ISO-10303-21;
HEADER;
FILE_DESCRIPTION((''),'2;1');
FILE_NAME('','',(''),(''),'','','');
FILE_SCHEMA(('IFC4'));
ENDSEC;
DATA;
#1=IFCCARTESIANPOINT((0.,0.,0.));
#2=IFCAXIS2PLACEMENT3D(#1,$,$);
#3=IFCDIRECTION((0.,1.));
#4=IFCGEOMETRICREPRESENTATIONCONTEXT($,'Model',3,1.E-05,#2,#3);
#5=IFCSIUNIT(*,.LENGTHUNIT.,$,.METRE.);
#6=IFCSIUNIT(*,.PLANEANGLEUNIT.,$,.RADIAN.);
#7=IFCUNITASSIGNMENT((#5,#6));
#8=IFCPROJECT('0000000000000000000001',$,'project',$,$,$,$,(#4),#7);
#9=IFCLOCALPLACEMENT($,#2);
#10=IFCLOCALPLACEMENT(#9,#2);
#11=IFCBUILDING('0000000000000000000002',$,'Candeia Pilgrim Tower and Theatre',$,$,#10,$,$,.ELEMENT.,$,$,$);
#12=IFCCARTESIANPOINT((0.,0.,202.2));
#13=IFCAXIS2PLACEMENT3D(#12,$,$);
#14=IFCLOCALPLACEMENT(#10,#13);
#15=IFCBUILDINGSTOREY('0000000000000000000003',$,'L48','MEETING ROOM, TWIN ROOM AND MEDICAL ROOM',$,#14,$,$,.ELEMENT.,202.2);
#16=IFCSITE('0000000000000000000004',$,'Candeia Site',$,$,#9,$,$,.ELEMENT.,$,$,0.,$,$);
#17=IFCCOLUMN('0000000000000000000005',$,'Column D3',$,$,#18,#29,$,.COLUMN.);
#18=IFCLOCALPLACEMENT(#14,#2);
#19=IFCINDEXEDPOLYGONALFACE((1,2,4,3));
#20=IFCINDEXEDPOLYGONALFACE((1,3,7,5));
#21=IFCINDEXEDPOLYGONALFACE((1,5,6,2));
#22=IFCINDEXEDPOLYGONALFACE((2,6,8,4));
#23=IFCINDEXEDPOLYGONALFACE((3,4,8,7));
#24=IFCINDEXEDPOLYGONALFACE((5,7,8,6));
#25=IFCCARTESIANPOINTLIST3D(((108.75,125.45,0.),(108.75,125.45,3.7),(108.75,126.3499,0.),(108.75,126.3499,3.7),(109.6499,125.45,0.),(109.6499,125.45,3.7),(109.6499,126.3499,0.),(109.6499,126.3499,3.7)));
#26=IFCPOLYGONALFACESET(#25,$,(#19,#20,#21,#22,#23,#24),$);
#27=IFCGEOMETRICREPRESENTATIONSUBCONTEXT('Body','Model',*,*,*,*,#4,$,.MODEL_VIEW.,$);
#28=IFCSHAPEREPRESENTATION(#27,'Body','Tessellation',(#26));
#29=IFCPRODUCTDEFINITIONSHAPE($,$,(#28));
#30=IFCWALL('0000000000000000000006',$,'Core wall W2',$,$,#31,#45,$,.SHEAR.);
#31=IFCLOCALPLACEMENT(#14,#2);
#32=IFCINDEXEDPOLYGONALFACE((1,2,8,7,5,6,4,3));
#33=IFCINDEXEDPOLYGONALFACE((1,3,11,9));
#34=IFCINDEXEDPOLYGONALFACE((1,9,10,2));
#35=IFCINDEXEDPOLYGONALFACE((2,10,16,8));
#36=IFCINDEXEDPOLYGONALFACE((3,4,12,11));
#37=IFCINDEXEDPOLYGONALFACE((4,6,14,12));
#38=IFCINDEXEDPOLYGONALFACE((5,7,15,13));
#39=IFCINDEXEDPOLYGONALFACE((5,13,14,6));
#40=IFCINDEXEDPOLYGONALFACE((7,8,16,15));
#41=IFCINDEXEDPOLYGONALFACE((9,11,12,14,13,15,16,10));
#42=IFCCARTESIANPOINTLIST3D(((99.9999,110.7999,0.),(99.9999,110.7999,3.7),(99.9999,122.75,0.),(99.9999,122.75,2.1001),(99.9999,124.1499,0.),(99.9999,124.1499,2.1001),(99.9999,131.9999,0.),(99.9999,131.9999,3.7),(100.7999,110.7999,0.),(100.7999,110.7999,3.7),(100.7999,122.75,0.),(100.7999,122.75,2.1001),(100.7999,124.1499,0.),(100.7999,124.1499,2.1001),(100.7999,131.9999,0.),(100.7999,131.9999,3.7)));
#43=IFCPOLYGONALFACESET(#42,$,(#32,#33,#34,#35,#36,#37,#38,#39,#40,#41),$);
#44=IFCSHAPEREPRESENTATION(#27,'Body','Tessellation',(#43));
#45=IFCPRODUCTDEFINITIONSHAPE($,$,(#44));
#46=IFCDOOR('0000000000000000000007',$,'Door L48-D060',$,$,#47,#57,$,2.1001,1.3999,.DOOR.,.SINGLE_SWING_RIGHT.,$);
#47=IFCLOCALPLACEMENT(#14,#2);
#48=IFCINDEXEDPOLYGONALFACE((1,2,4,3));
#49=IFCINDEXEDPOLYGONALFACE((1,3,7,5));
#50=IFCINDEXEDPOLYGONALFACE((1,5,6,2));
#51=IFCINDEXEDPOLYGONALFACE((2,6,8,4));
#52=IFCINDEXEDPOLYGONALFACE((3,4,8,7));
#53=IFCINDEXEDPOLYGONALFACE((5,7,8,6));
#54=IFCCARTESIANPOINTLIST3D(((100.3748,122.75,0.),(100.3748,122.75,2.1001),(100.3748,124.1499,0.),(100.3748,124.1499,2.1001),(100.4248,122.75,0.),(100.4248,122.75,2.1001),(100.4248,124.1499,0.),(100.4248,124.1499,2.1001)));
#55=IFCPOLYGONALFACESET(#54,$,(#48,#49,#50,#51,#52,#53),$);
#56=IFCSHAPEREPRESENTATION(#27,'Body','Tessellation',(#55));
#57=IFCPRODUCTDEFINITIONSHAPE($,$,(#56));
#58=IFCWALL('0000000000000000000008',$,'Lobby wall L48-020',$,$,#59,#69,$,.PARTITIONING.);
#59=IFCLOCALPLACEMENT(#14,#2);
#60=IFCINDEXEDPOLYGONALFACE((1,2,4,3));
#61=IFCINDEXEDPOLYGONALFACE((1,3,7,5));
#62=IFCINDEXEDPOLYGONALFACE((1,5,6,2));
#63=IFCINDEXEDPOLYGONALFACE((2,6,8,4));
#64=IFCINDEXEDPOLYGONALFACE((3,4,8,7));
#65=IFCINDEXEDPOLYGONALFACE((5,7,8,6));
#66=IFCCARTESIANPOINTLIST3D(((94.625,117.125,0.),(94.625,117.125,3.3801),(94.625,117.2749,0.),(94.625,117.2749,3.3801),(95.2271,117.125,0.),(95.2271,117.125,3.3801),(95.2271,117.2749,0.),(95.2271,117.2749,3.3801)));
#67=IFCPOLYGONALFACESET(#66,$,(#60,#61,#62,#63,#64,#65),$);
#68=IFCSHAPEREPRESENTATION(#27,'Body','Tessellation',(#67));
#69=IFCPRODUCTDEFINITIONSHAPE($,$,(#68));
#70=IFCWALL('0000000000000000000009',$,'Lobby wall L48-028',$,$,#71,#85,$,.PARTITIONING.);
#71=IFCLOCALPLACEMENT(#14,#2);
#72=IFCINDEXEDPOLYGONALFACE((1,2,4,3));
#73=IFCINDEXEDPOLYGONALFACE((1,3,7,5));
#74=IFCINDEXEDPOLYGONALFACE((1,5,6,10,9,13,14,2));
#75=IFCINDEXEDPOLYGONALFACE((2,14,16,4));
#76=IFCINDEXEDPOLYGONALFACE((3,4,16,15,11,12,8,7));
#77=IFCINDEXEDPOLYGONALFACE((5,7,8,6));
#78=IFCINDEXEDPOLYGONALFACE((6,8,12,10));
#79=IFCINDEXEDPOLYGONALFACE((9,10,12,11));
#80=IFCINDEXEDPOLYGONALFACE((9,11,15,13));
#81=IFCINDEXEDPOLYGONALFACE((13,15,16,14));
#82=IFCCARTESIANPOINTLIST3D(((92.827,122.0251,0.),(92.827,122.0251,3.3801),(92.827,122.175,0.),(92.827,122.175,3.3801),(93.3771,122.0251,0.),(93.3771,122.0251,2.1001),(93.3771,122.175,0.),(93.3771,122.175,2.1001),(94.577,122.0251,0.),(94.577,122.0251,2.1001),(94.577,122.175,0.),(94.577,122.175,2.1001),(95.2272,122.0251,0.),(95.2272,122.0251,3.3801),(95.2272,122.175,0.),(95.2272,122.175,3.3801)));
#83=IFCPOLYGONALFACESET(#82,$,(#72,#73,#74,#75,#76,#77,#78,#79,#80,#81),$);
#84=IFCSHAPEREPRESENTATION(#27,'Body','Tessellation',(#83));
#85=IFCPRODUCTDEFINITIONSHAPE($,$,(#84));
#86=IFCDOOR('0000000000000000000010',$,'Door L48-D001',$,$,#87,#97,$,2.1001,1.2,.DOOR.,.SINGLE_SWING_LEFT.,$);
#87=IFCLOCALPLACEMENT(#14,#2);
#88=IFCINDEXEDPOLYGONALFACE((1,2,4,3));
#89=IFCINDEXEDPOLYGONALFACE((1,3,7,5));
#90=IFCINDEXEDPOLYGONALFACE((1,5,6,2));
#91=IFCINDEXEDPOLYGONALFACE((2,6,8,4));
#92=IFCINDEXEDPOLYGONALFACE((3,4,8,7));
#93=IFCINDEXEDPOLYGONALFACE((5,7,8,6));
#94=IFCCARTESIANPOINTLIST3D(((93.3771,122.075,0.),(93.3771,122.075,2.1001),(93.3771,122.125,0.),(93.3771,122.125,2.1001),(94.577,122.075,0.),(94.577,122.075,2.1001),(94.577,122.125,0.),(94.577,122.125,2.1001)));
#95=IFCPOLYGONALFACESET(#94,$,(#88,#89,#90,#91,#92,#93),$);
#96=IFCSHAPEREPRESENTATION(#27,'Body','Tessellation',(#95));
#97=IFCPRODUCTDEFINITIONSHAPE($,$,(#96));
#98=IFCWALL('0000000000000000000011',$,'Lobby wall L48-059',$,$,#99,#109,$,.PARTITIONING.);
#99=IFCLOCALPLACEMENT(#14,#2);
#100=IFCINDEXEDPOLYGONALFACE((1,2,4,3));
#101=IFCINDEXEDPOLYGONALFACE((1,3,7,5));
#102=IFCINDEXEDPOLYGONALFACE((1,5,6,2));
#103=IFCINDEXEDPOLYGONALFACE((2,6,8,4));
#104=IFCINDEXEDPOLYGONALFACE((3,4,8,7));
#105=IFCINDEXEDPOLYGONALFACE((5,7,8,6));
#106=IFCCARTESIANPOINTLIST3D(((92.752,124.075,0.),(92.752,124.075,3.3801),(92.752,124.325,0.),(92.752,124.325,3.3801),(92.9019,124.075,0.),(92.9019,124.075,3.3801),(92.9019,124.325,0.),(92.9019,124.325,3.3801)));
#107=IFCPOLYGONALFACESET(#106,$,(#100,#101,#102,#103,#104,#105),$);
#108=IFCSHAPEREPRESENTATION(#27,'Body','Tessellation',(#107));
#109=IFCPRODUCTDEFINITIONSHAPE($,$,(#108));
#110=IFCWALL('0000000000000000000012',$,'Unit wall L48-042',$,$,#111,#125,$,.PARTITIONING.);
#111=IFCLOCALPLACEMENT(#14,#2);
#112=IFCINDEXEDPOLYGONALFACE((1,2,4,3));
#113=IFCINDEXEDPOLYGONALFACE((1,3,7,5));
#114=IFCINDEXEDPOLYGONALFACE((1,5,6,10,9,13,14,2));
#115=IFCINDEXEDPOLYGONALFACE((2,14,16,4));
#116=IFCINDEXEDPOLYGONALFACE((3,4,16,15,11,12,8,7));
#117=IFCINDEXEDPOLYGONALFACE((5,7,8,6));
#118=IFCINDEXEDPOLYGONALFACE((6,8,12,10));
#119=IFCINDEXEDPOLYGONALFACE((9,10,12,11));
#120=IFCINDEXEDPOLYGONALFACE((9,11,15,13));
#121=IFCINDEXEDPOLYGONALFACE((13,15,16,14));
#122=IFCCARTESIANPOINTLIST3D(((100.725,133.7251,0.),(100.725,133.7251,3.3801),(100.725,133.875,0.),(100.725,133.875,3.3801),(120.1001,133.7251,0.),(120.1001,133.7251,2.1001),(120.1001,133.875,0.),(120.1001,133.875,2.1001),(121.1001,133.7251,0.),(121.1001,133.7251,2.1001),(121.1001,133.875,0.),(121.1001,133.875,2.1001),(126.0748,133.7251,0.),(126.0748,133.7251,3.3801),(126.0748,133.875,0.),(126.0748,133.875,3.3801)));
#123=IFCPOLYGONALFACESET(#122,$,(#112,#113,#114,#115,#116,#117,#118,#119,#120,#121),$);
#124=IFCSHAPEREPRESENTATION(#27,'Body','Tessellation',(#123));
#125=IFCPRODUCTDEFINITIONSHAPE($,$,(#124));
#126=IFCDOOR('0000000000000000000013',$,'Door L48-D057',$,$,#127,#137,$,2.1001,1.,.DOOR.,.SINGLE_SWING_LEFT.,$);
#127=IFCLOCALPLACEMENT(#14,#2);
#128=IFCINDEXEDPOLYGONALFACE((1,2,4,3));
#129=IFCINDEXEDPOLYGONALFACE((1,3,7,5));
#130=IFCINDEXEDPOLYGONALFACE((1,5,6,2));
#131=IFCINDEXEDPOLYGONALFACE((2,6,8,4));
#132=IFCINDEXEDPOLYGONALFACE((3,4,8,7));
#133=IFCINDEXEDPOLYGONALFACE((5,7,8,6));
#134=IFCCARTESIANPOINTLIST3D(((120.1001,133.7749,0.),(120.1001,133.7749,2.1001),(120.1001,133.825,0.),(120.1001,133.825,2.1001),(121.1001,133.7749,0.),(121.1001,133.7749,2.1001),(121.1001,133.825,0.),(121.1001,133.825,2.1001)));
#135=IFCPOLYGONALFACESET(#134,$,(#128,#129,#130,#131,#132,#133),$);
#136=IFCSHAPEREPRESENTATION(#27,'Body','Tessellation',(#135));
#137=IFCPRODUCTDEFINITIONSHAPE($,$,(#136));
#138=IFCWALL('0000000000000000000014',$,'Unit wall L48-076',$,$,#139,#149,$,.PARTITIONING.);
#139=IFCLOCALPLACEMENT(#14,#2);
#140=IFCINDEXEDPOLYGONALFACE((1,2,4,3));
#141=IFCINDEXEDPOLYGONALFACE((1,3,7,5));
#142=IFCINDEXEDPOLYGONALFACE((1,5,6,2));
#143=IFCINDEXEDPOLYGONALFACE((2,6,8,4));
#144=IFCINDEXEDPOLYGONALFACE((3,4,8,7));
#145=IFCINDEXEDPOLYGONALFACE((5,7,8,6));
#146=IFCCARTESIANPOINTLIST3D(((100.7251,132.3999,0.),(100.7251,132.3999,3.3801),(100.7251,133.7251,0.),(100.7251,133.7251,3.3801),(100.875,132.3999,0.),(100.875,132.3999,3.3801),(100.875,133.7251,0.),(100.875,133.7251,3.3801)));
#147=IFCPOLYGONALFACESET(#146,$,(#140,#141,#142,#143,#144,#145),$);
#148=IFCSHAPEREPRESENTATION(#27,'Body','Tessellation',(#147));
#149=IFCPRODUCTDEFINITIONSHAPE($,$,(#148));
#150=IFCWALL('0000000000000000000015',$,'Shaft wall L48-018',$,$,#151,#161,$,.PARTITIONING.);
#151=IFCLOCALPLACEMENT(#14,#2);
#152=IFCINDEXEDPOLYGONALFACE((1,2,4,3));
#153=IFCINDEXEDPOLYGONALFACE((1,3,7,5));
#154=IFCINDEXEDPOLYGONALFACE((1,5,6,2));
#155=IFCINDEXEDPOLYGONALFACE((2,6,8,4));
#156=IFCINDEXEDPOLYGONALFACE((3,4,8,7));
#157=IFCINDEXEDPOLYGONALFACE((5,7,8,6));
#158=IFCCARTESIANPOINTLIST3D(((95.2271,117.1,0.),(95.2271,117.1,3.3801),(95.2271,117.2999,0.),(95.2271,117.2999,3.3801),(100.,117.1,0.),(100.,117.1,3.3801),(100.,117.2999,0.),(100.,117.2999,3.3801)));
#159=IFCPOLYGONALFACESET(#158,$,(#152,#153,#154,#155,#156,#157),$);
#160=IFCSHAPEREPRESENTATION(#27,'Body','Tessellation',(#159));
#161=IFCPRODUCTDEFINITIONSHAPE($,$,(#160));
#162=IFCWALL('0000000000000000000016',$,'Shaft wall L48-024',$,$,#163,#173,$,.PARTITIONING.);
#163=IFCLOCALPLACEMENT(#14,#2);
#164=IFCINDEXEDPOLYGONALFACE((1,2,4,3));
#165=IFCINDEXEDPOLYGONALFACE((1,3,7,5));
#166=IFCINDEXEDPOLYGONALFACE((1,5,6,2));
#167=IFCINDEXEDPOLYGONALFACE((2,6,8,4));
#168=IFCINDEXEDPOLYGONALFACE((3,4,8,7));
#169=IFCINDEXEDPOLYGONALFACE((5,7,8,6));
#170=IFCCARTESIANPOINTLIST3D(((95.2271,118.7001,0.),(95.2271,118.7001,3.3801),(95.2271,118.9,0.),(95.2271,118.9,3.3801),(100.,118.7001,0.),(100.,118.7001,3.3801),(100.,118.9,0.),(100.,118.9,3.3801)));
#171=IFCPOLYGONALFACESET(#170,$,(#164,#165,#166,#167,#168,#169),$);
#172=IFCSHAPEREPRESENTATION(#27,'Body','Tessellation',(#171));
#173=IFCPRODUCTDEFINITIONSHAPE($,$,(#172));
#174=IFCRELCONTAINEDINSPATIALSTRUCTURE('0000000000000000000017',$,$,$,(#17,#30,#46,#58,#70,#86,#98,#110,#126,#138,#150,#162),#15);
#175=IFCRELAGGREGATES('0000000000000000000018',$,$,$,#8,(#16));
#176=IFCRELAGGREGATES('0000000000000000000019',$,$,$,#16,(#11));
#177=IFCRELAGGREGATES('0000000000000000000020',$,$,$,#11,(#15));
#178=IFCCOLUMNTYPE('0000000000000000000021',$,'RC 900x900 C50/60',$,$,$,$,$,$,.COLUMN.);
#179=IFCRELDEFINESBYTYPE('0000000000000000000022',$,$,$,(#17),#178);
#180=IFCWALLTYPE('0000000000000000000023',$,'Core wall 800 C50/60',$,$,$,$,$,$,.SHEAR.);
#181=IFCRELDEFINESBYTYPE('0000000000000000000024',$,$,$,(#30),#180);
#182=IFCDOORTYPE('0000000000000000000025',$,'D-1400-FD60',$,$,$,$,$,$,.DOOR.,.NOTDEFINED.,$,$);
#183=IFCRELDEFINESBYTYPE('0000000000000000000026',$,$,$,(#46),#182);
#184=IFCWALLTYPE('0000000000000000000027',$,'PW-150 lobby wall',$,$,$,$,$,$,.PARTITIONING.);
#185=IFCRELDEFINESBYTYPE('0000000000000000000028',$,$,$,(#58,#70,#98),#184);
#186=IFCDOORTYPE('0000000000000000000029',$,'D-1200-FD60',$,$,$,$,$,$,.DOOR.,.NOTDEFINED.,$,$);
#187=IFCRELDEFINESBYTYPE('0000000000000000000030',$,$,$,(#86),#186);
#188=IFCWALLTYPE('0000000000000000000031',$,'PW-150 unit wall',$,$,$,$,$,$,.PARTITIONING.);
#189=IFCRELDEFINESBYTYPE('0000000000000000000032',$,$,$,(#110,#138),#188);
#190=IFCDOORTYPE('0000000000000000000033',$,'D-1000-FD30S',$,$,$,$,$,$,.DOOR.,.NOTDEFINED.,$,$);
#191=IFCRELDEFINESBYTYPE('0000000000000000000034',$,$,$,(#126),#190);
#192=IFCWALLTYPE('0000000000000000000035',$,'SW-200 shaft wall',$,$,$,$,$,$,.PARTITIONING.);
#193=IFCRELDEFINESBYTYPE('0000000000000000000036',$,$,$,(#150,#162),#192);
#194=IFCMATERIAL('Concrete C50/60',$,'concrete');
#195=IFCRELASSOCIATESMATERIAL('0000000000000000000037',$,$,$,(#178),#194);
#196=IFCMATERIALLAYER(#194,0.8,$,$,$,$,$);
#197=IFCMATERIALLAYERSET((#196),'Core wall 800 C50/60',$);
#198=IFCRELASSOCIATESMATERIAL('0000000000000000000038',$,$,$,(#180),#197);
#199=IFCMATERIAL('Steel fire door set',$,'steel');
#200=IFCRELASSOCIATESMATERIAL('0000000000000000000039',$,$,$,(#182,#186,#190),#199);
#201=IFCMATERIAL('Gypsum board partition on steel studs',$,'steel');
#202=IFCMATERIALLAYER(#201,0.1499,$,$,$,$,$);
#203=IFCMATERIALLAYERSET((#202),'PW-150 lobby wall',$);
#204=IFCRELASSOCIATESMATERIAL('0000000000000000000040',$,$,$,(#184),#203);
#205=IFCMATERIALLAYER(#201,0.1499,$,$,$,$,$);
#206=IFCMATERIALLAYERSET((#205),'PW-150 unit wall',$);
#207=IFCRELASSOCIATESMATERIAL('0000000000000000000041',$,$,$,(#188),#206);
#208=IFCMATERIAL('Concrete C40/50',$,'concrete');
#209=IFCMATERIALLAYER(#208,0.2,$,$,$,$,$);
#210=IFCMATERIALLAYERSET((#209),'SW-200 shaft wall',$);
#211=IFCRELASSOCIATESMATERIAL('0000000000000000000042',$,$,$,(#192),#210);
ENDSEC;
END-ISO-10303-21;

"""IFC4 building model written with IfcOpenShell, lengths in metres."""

from ifc_helpers import new_model, si_unit, direction, frame, frame_2d, origin, origin_2d, place, context, subcontext, project, spatial, rectangle, extrude, material, layer, layer_set, material_profile, profile_set, type_object, element, fill, save


model = new_model("IFC4")

# Units and contexts
model_context = context("Model", 3, precision=1e-05, world=origin(), true_north=direction((0.0, 1.0)))
body_context = subcontext(model_context, "Body", "Model", "MODEL_VIEW")
ifc_project = project(units=[si_unit("LENGTHUNIT", "METRE"), si_unit("PLANEANGLEUNIT", "RADIAN")], contexts=[model_context])

# Site, building, storey
site_placement = place(None, origin())
site = spatial("IfcSite", under=ifc_project, at=site_placement, Name="Candeia Site", CompositionType="ELEMENT", RefElevation=0.0)
building_placement = place(site_placement, origin())
building = spatial("IfcBuilding", under=site, at=building_placement, Name="Candeia Pilgrim Tower and Theatre", CompositionType="ELEMENT")
storey_placement = place(building_placement, frame((0.0, 0.0, 202.2)))
storey = spatial("IfcBuildingStorey", under=building, at=storey_placement, Name="L48", Description="MEETING ROOM, TWIN ROOM AND MEDICAL ROOM", CompositionType="ELEMENT", Elevation=202.2)

# Column
ifc_material_1 = material(Name="Concrete C50/60", Category="concrete")
ifc_material_profile = material_profile(ifc_material_1, rectangle(XDim=0.8999, YDim=0.8999, at=origin_2d()))
ifc_profile_set = profile_set([ifc_material_profile], Name="Concrete C50/60")
column_type = type_object("IfcColumnType", Name="RC 900x900 C50/60", PredefinedType="COLUMN", material=ifc_profile_set)
column_placement = place(storey_placement, frame((109.2, 125.8999, 0.0), z_axis=(0.0, 0.0, 1.0), x_axis=(1.0, 0.0, 0.0)))
element("IfcColumn", 1, at=column_placement, inside=storey, type_object=column_type, Name="Column D3", PredefinedType="COLUMN", context=body_context, shape_type="SweptSolid", body=[
    extrude(rectangle(XDim=0.8999, YDim=0.8999, at=origin_2d()), origin(), (0.0, 0.0, 1.0), 3.7),
])

# Wall, opening, door
ifc_layer_1 = layer(ifc_material_1, 0.8)
ifc_layer_set_1 = layer_set([ifc_layer_1], Name="Core wall 800 C50/60")
wall_type_1 = type_object("IfcWallType", Name="Core wall 800 C50/60", PredefinedType="SHEAR", material=ifc_layer_set_1)
wall_1_placement = place(storey_placement, frame((100.3999, 132.0, 0.0), z_axis=(0.0, 0.0, 1.0), x_axis=(0.0, -1.0, 0.0)))
wall_1 = element("IfcWall", 2, at=wall_1_placement, inside=storey, type_object=wall_type_1, Name="Core wall W2", PredefinedType="SHEAR", context=body_context, shape_type="SweptSolid", body=[
    extrude(rectangle(XDim=21.2, YDim=0.8, at=frame_2d((10.6001, 0.0))), origin(), (0.0, 0.0, 1.0), 3.7),
])
opening_1_placement = place(wall_1_placement, frame((7.8501, 0.0, 0.0)))
opening_1 = element("IfcOpeningElement", 3, at=opening_1_placement, cuts=wall_1, PredefinedType="OPENING", context=body_context, shape_type="SweptSolid", body=[
    extrude(rectangle(XDim=1.3999, YDim=2.1001, at=frame_2d((0.7, 1.05))), frame((0.0, 0.4102, 0.0), z_axis=(0.0, -1.0, 0.0), x_axis=(1.0, 0.0, 0.0)), (0.0, 0.0, 1.0), 0.8201),
])
ifc_material_2 = material(Name="Steel fire door set", Category="steel")
door_type_1 = type_object("IfcDoorType", Name="D-1400-FD60", OperationType="NOTDEFINED", PredefinedType="DOOR", material=ifc_material_2)
door_1_placement = place(opening_1_placement, origin())
door_1 = element("IfcDoor", 4, at=door_1_placement, inside=storey, type_object=door_type_1, Name="Door L48-D060", OperationType="SINGLE_SWING_RIGHT", OverallHeight=2.1001, OverallWidth=1.3999, PredefinedType="DOOR", context=body_context, shape_type="SweptSolid", body=[
    extrude(rectangle(XDim=1.3999, YDim=2.1001, at=frame_2d((0.7, 1.05))), frame((0.0, 0.0249, 0.0), z_axis=(0.0, -1.0, 0.0), x_axis=(1.0, 0.0, 0.0)), (0.0, 0.0, 1.0), 0.05),
])
fill(opening_1, door_1)

# Wall
ifc_material_3 = material(Name="Gypsum board partition on steel studs", Category="steel")
ifc_layer_2 = layer(ifc_material_3, 0.1499)
ifc_layer_set_2 = layer_set([ifc_layer_2], Name="PW-150 lobby wall")
wall_type_2 = type_object("IfcWallType", Name="PW-150 lobby wall", PredefinedType="PARTITIONING", material=ifc_layer_set_2)
wall_2_placement = place(storey_placement, frame((94.625, 117.2, 0.0), z_axis=(0.0, 0.0, 1.0), x_axis=(1.0, 0.0, 0.0)))
element("IfcWall", 5, at=wall_2_placement, inside=storey, type_object=wall_type_2, Name="Lobby wall L48-020", PredefinedType="PARTITIONING", context=body_context, shape_type="SweptSolid", body=[
    extrude(rectangle(XDim=0.6021, YDim=0.1499, at=frame_2d((0.301, 0.0))), origin(), (0.0, 0.0, 1.0), 3.3801),
])

# Wall, opening, door
wall_3_placement = place(storey_placement, frame((92.8269, 122.1001, 0.0), z_axis=(0.0, 0.0, 1.0), x_axis=(1.0, 0.0, 0.0)))
wall_3 = element("IfcWall", 6, at=wall_3_placement, inside=storey, type_object=wall_type_2, Name="Lobby wall L48-028", PredefinedType="PARTITIONING", context=body_context, shape_type="SweptSolid", body=[
    extrude(rectangle(XDim=2.4001, YDim=0.1499, at=frame_2d((1.2002, 0.0))), origin(), (0.0, 0.0, 1.0), 3.3801),
])
opening_2_placement = place(wall_3_placement, frame((0.55, 0.0, 0.0)))
opening_2 = element("IfcOpeningElement", 7, at=opening_2_placement, cuts=wall_3, PredefinedType="OPENING", context=body_context, shape_type="SweptSolid", body=[
    extrude(rectangle(XDim=1.2, YDim=2.1001, at=frame_2d((0.6001, 1.05))), frame((0.0, 0.085, 0.0), z_axis=(0.0, -1.0, 0.0), x_axis=(1.0, 0.0, 0.0)), (0.0, 0.0, 1.0), 0.1699),
])
door_type_2 = type_object("IfcDoorType", Name="D-1200-FD60", OperationType="NOTDEFINED", PredefinedType="DOOR", material=ifc_material_2)
door_2_placement = place(opening_2_placement, origin())
door_2 = element("IfcDoor", 8, at=door_2_placement, inside=storey, type_object=door_type_2, Name="Door L48-D001", OperationType="SINGLE_SWING_LEFT", OverallHeight=2.1001, OverallWidth=1.2, PredefinedType="DOOR", context=body_context, shape_type="SweptSolid", body=[
    extrude(rectangle(XDim=1.2, YDim=2.1001, at=frame_2d((0.6001, 1.05))), frame((0.0, 0.0249, 0.0), z_axis=(0.0, -1.0, 0.0), x_axis=(1.0, 0.0, 0.0)), (0.0, 0.0, 1.0), 0.05),
])
fill(opening_2, door_2)

# Wall
wall_4_placement = place(storey_placement, frame((92.8269, 124.075, 0.0), z_axis=(0.0, 0.0, 1.0), x_axis=(0.0, 1.0, 0.0)))
element("IfcWall", 9, at=wall_4_placement, inside=storey, type_object=wall_type_2, Name="Lobby wall L48-059", PredefinedType="PARTITIONING", context=body_context, shape_type="SweptSolid", body=[
    extrude(rectangle(XDim=0.25, YDim=0.1499, at=frame_2d((0.125, 0.0))), origin(), (0.0, 0.0, 1.0), 3.3801),
])

# Wall, opening, door
ifc_layer_3 = layer(ifc_material_3, 0.1499)
ifc_layer_set_3 = layer_set([ifc_layer_3], Name="PW-150 unit wall")
wall_type_3 = type_object("IfcWallType", Name="PW-150 unit wall", PredefinedType="PARTITIONING", material=ifc_layer_set_3)
wall_5_placement = place(storey_placement, frame((100.7251, 133.8, 0.0), z_axis=(0.0, 0.0, 1.0), x_axis=(1.0, 0.0, 0.0)))
wall_5 = element("IfcWall", 10, at=wall_5_placement, inside=storey, type_object=wall_type_3, Name="Unit wall L48-042", PredefinedType="PARTITIONING", context=body_context, shape_type="SweptSolid", body=[
    extrude(rectangle(XDim=25.3499, YDim=0.1499, at=frame_2d((12.6748, 0.0))), origin(), (0.0, 0.0, 1.0), 3.3801),
])
opening_3_placement = place(wall_5_placement, frame((19.375, 0.0, 0.0)))
opening_3 = element("IfcOpeningElement", 11, at=opening_3_placement, cuts=wall_5, PredefinedType="OPENING", context=body_context, shape_type="SweptSolid", body=[
    extrude(rectangle(XDim=1.0, YDim=2.1001, at=frame_2d((0.5, 1.05))), frame((0.0, 0.085, 0.0), z_axis=(0.0, -1.0, 0.0), x_axis=(1.0, 0.0, 0.0)), (0.0, 0.0, 1.0), 0.1699),
])
door_type_3 = type_object("IfcDoorType", Name="D-1000-FD30S", OperationType="NOTDEFINED", PredefinedType="DOOR", material=ifc_material_2)
door_3_placement = place(opening_3_placement, origin())
door_3 = element("IfcDoor", 12, at=door_3_placement, inside=storey, type_object=door_type_3, Name="Door L48-D057", OperationType="SINGLE_SWING_LEFT", OverallHeight=2.1001, OverallWidth=1.0, PredefinedType="DOOR", context=body_context, shape_type="SweptSolid", body=[
    extrude(rectangle(XDim=1.0, YDim=2.1001, at=frame_2d((0.5, 1.05))), frame((0.0, 0.0249, 0.0), z_axis=(0.0, -1.0, 0.0), x_axis=(1.0, 0.0, 0.0)), (0.0, 0.0, 1.0), 0.05),
])
fill(opening_3, door_3)

# Walls
wall_6_placement = place(storey_placement, frame((100.8, 132.3999, 0.0), z_axis=(0.0, 0.0, 1.0), x_axis=(0.0, 1.0, 0.0)))
element("IfcWall", 13, at=wall_6_placement, inside=storey, type_object=wall_type_3, Name="Unit wall L48-076", PredefinedType="PARTITIONING", context=body_context, shape_type="SweptSolid", body=[
    extrude(rectangle(XDim=1.3252, YDim=0.1499, at=frame_2d((0.6626, 0.0))), origin(), (0.0, 0.0, 1.0), 3.3801),
])
ifc_material_4 = material(Name="Concrete C40/50", Category="concrete")
ifc_layer_4 = layer(ifc_material_4, 0.2)
ifc_layer_set_4 = layer_set([ifc_layer_4], Name="SW-200 shaft wall")
wall_type_4 = type_object("IfcWallType", Name="SW-200 shaft wall", PredefinedType="PARTITIONING", material=ifc_layer_set_4)
for number, where, z_axis, x_axis, name in (
    (14, (95.2271, 117.2, 0.0), (0.0, 0.0, 1.0), (1.0, 0.0, 0.0), "Shaft wall L48-018"),
    (15, (95.2271, 118.8, 0.0), (0.0, 0.0, 1.0), (1.0, 0.0, 0.0), "Shaft wall L48-024"),
):
    element("IfcWall", number, at=place(storey_placement, frame(where, z_axis=z_axis, x_axis=x_axis)), inside=storey, type_object=wall_type_4, Name=name, PredefinedType="PARTITIONING", context=body_context, shape_type="SweptSolid", body=[
        extrude(rectangle(XDim=4.7729, YDim=0.2, at=frame_2d((2.3865, 0.0))), origin(), (0.0, 0.0, 1.0), 3.3801),
    ])

save(model, "model.ifc")
